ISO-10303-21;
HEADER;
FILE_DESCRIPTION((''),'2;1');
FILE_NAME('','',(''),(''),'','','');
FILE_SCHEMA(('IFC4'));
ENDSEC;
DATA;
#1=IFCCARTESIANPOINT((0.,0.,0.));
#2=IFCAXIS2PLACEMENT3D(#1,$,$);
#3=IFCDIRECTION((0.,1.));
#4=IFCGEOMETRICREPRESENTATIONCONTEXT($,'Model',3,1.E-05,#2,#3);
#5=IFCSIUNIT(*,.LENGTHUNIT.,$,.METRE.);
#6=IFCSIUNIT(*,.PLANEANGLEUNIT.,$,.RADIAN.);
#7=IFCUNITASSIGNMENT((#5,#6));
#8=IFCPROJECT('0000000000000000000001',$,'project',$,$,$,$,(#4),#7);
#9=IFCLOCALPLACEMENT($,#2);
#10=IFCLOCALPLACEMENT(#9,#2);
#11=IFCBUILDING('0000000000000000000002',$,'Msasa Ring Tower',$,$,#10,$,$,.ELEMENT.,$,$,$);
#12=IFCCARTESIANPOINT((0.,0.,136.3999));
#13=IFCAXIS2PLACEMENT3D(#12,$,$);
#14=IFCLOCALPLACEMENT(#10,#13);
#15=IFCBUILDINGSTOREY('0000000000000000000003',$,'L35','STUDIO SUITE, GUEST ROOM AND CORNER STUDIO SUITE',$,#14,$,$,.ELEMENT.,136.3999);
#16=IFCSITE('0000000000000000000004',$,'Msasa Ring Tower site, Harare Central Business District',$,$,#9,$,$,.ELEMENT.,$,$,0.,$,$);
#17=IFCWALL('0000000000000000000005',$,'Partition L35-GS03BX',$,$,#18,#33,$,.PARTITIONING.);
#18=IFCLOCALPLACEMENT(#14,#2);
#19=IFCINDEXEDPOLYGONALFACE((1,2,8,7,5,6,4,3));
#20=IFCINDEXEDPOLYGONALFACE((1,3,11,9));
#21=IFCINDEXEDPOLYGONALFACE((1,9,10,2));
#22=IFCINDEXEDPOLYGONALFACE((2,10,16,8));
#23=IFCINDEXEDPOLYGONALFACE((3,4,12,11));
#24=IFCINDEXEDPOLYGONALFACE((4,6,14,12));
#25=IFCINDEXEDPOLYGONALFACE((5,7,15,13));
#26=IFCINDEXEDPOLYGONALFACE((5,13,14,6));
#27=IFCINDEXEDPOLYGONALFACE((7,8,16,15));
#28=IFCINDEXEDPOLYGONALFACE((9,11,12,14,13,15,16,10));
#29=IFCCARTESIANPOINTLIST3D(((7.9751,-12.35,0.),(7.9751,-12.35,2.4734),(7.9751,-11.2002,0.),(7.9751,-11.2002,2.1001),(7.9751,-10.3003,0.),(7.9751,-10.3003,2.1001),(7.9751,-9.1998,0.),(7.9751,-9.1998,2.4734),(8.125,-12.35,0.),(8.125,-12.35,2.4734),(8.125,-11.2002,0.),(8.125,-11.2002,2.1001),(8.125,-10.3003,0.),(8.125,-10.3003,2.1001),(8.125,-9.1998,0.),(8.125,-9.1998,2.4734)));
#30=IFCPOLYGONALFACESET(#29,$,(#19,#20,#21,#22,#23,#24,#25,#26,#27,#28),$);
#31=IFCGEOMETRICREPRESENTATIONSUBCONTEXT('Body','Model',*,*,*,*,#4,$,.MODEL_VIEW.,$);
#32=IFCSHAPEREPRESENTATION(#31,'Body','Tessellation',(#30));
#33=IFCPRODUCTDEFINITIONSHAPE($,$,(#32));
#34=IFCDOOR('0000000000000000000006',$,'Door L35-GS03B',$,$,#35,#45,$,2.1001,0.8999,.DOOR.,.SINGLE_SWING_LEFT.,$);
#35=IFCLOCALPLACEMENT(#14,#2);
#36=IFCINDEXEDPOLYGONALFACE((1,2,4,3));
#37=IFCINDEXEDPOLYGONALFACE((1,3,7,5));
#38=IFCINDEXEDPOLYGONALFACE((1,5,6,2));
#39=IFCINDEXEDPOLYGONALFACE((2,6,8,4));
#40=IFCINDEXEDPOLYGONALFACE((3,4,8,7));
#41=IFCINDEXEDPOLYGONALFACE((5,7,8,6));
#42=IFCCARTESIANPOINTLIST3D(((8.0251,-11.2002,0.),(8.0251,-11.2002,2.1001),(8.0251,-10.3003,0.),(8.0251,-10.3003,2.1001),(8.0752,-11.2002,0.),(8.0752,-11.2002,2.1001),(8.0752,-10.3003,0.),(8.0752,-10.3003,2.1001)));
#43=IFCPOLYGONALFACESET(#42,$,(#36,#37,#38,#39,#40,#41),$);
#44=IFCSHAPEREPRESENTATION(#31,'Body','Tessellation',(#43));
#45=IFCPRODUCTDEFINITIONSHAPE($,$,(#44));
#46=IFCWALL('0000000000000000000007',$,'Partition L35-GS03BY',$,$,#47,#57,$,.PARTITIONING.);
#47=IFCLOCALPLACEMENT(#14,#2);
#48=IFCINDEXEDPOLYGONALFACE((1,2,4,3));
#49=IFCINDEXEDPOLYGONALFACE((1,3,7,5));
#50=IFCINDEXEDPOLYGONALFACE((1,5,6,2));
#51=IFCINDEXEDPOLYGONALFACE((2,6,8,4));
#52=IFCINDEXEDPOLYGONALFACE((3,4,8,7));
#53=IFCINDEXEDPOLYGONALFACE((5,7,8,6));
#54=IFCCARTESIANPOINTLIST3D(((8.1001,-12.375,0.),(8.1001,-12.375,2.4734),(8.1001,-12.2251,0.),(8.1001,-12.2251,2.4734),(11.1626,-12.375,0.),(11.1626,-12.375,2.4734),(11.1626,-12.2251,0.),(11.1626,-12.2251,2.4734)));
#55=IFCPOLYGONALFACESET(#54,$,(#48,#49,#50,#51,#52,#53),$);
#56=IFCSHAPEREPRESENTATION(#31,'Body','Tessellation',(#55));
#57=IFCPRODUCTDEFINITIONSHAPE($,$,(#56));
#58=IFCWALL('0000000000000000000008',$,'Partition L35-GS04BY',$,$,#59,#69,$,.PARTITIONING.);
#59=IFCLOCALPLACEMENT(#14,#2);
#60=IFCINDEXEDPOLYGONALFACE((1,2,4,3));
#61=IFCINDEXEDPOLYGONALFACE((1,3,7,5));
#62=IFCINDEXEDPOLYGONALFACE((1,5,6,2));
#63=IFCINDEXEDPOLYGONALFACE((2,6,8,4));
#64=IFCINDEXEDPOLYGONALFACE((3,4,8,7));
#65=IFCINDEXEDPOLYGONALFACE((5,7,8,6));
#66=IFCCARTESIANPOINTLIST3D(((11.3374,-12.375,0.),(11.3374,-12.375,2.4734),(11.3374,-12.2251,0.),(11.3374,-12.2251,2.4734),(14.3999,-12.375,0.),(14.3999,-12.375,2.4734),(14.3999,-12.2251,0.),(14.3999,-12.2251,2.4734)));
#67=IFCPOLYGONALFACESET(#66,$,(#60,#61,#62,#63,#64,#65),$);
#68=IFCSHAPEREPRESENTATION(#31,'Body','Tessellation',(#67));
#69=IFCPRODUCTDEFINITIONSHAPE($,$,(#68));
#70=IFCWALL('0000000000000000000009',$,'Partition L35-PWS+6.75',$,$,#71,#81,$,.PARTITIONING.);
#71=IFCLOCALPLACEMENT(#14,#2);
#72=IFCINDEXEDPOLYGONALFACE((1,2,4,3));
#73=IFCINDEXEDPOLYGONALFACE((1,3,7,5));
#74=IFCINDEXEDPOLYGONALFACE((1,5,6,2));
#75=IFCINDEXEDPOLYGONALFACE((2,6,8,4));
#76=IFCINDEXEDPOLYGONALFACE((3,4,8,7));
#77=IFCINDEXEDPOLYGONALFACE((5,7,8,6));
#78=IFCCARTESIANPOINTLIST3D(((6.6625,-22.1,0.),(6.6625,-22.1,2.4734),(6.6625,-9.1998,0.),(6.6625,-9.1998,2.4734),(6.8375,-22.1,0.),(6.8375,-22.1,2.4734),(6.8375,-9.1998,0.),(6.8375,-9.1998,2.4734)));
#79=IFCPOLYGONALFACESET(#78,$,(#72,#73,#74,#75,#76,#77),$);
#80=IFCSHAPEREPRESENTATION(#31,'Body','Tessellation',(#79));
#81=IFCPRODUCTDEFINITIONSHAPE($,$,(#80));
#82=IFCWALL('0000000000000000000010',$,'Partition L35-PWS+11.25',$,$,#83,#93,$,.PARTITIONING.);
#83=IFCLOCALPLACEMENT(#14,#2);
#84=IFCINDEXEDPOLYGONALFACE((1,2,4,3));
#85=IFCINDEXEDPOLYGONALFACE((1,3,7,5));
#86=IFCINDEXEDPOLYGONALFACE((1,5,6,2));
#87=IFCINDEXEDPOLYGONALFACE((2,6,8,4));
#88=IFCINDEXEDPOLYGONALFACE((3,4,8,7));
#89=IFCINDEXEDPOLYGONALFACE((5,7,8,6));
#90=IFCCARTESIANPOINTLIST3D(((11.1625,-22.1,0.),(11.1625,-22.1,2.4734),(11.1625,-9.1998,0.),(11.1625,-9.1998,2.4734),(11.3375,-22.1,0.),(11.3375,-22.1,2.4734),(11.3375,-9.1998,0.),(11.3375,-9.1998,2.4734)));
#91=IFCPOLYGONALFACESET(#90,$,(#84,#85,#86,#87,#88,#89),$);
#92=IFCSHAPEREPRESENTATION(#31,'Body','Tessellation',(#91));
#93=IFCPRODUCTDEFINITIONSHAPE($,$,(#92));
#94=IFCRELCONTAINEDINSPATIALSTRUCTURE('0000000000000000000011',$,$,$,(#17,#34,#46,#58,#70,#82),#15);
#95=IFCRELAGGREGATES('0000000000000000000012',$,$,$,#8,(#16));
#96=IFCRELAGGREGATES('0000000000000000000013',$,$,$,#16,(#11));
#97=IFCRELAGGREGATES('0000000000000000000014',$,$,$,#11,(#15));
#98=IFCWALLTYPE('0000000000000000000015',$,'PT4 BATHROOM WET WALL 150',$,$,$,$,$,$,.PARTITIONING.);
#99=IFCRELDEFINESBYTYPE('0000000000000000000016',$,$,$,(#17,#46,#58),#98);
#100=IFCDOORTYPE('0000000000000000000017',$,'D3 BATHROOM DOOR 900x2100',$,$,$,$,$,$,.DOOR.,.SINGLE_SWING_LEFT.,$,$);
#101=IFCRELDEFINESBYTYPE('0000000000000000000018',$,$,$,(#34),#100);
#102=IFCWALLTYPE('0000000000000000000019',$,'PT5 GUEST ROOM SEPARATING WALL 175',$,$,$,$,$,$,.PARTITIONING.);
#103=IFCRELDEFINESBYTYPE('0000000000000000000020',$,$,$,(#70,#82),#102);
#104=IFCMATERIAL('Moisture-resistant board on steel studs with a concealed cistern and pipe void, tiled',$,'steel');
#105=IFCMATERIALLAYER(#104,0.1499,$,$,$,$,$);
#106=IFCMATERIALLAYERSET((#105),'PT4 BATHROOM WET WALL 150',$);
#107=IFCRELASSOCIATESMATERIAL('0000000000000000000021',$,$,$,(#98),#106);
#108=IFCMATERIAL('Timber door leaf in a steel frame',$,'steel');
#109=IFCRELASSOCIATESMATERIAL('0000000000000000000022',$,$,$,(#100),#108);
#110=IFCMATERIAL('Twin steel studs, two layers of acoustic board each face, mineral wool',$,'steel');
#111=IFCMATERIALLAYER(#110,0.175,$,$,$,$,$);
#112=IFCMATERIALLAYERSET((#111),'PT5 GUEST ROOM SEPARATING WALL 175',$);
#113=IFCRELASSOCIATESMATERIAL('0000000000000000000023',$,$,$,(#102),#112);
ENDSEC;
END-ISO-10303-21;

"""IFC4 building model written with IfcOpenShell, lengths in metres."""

from ifc_helpers import new_model, si_unit, direction, frame, frame_2d, origin, place, context, subcontext, project, spatial, rectangle, extrude, material, layer, layer_set, type_object, element, fill, save


model = new_model("IFC4")

# Units and contexts
model_context = context("Model", 3, precision=1e-05, world=origin(), true_north=direction((0.0, 1.0)))
body_context = subcontext(model_context, "Body", "Model", "MODEL_VIEW")
ifc_project = project(units=[si_unit("LENGTHUNIT", "METRE"), si_unit("PLANEANGLEUNIT", "RADIAN")], contexts=[model_context])

# Site, building, storey
site_placement = place(None, origin())
site = spatial("IfcSite", under=ifc_project, at=site_placement, Name="Msasa Ring Tower site, Harare Central Business District", CompositionType="ELEMENT", RefElevation=0.0)
building_placement = place(site_placement, origin())
building = spatial("IfcBuilding", under=site, at=building_placement, Name="Msasa Ring Tower", CompositionType="ELEMENT")
storey_placement = place(building_placement, frame((0.0, 0.0, 136.3999)))
storey = spatial("IfcBuildingStorey", under=building, at=storey_placement, Name="L35", Description="STUDIO SUITE, GUEST ROOM AND CORNER STUDIO SUITE", CompositionType="ELEMENT", Elevation=136.3999)

# Shared definitions
ifc_material_1 = material(Name="Moisture-resistant board on steel studs with a concealed cistern and pipe void, tiled", Category="steel")
ifc_layer_1 = layer(ifc_material_1, 0.1499)
ifc_layer_set_1 = layer_set([ifc_layer_1], Name="PT4 BATHROOM WET WALL 150")
wall_type_1 = type_object("IfcWallType", Name="PT4 BATHROOM WET WALL 150", PredefinedType="PARTITIONING", material=ifc_layer_set_1)
ifc_material_2 = material(Name="Timber door leaf in a steel frame", Category="steel")
door_type = type_object("IfcDoorType", Name="D3 BATHROOM DOOR 900x2100", OperationType="SINGLE_SWING_LEFT", PredefinedType="DOOR", material=ifc_material_2)

# Wall, opening, door
wall_1_placement = place(storey_placement, frame((8.05, -12.3501, 0.0), z_axis=(0.0, 0.0, 1.0), x_axis=(0.0, 1.0, 0.0)))
wall_1 = element("IfcWall", 1, at=wall_1_placement, inside=storey, type_object=wall_type_1, Name="Partition L35-GS03BX", PredefinedType="PARTITIONING", context=body_context, shape_type="SweptSolid", body=[
    extrude(rectangle(XDim=3.1501, YDim=0.1499, at=frame_2d((1.5752, 0.0))), origin(), (0.0, 0.0, 1.0), 2.4734),
])
opening_1_placement = place(wall_1_placement, frame((1.1499, 0.0, 0.0)))
opening_1 = element("IfcOpeningElement", 2, at=opening_1_placement, cuts=wall_1, PredefinedType="OPENING", context=body_context, shape_type="SweptSolid", body=[
    extrude(rectangle(XDim=0.8999, YDim=2.1001, at=frame_2d((0.45, 1.05))), frame((0.0, 0.085, 0.0), z_axis=(0.0, -1.0, 0.0), x_axis=(1.0, 0.0, 0.0)), (0.0, 0.0, 1.0), 0.1699),
])
door_1_placement = place(opening_1_placement, origin())
door_1 = element("IfcDoor", 3, at=door_1_placement, inside=storey, type_object=door_type, Name="Door L35-GS03B", OperationType="SINGLE_SWING_LEFT", OverallHeight=2.1001, OverallWidth=0.8999, PredefinedType="DOOR", context=body_context, shape_type="SweptSolid", body=[
    extrude(rectangle(XDim=0.8999, YDim=2.1001, at=frame_2d((0.45, 1.05))), frame((0.0, 0.0249, 0.0), z_axis=(0.0, -1.0, 0.0), x_axis=(1.0, 0.0, 0.0)), (0.0, 0.0, 1.0), 0.05),
])
fill(opening_1, door_1)

# Walls
for number, where, z_axis, x_axis, name in (
    (4, (8.1001, -12.3, 0.0), (0.0, 0.0, 1.0), (1.0, 0.0, 0.0), "Partition L35-GS03BY"),
    (5, (11.3374, -12.3, 0.0), (0.0, 0.0, 1.0), (1.0, 0.0, 0.0), "Partition L35-GS04BY"),
):
    element("IfcWall", number, at=place(storey_placement, frame(where, z_axis=z_axis, x_axis=x_axis)), inside=storey, type_object=wall_type_1, Name=name, PredefinedType="PARTITIONING", context=body_context, shape_type="SweptSolid", body=[
        extrude(rectangle(XDim=3.0625, YDim=0.1499, at=frame_2d((1.5312, 0.0))), origin(), (0.0, 0.0, 1.0), 2.4734),
    ])
ifc_material_3 = material(Name="Twin steel studs, two layers of acoustic board each face, mineral wool", Category="steel")
ifc_layer_2 = layer(ifc_material_3, 0.175)
ifc_layer_set_2 = layer_set([ifc_layer_2], Name="PT5 GUEST ROOM SEPARATING WALL 175")
wall_type_2 = type_object("IfcWallType", Name="PT5 GUEST ROOM SEPARATING WALL 175", PredefinedType="PARTITIONING", material=ifc_layer_set_2)
for number, where, z_axis, x_axis, name in (
    (6, (6.75, -22.1001, 0.0), (0.0, 0.0, 1.0), (0.0, 1.0, 0.0), "Partition L35-PWS+6.75"),
    (7, (11.25, -22.1001, 0.0), (0.0, 0.0, 1.0), (0.0, 1.0, 0.0), "Partition L35-PWS+11.25"),
):
    element("IfcWall", number, at=place(storey_placement, frame(where, z_axis=z_axis, x_axis=x_axis)), inside=storey, type_object=wall_type_2, Name=name, PredefinedType="PARTITIONING", context=body_context, shape_type="SweptSolid", body=[
        extrude(rectangle(XDim=12.9001, YDim=0.175, at=frame_2d((6.4502, 0.0))), origin(), (0.0, 0.0, 1.0), 2.4734),
    ])

save(model, "model.ifc")
